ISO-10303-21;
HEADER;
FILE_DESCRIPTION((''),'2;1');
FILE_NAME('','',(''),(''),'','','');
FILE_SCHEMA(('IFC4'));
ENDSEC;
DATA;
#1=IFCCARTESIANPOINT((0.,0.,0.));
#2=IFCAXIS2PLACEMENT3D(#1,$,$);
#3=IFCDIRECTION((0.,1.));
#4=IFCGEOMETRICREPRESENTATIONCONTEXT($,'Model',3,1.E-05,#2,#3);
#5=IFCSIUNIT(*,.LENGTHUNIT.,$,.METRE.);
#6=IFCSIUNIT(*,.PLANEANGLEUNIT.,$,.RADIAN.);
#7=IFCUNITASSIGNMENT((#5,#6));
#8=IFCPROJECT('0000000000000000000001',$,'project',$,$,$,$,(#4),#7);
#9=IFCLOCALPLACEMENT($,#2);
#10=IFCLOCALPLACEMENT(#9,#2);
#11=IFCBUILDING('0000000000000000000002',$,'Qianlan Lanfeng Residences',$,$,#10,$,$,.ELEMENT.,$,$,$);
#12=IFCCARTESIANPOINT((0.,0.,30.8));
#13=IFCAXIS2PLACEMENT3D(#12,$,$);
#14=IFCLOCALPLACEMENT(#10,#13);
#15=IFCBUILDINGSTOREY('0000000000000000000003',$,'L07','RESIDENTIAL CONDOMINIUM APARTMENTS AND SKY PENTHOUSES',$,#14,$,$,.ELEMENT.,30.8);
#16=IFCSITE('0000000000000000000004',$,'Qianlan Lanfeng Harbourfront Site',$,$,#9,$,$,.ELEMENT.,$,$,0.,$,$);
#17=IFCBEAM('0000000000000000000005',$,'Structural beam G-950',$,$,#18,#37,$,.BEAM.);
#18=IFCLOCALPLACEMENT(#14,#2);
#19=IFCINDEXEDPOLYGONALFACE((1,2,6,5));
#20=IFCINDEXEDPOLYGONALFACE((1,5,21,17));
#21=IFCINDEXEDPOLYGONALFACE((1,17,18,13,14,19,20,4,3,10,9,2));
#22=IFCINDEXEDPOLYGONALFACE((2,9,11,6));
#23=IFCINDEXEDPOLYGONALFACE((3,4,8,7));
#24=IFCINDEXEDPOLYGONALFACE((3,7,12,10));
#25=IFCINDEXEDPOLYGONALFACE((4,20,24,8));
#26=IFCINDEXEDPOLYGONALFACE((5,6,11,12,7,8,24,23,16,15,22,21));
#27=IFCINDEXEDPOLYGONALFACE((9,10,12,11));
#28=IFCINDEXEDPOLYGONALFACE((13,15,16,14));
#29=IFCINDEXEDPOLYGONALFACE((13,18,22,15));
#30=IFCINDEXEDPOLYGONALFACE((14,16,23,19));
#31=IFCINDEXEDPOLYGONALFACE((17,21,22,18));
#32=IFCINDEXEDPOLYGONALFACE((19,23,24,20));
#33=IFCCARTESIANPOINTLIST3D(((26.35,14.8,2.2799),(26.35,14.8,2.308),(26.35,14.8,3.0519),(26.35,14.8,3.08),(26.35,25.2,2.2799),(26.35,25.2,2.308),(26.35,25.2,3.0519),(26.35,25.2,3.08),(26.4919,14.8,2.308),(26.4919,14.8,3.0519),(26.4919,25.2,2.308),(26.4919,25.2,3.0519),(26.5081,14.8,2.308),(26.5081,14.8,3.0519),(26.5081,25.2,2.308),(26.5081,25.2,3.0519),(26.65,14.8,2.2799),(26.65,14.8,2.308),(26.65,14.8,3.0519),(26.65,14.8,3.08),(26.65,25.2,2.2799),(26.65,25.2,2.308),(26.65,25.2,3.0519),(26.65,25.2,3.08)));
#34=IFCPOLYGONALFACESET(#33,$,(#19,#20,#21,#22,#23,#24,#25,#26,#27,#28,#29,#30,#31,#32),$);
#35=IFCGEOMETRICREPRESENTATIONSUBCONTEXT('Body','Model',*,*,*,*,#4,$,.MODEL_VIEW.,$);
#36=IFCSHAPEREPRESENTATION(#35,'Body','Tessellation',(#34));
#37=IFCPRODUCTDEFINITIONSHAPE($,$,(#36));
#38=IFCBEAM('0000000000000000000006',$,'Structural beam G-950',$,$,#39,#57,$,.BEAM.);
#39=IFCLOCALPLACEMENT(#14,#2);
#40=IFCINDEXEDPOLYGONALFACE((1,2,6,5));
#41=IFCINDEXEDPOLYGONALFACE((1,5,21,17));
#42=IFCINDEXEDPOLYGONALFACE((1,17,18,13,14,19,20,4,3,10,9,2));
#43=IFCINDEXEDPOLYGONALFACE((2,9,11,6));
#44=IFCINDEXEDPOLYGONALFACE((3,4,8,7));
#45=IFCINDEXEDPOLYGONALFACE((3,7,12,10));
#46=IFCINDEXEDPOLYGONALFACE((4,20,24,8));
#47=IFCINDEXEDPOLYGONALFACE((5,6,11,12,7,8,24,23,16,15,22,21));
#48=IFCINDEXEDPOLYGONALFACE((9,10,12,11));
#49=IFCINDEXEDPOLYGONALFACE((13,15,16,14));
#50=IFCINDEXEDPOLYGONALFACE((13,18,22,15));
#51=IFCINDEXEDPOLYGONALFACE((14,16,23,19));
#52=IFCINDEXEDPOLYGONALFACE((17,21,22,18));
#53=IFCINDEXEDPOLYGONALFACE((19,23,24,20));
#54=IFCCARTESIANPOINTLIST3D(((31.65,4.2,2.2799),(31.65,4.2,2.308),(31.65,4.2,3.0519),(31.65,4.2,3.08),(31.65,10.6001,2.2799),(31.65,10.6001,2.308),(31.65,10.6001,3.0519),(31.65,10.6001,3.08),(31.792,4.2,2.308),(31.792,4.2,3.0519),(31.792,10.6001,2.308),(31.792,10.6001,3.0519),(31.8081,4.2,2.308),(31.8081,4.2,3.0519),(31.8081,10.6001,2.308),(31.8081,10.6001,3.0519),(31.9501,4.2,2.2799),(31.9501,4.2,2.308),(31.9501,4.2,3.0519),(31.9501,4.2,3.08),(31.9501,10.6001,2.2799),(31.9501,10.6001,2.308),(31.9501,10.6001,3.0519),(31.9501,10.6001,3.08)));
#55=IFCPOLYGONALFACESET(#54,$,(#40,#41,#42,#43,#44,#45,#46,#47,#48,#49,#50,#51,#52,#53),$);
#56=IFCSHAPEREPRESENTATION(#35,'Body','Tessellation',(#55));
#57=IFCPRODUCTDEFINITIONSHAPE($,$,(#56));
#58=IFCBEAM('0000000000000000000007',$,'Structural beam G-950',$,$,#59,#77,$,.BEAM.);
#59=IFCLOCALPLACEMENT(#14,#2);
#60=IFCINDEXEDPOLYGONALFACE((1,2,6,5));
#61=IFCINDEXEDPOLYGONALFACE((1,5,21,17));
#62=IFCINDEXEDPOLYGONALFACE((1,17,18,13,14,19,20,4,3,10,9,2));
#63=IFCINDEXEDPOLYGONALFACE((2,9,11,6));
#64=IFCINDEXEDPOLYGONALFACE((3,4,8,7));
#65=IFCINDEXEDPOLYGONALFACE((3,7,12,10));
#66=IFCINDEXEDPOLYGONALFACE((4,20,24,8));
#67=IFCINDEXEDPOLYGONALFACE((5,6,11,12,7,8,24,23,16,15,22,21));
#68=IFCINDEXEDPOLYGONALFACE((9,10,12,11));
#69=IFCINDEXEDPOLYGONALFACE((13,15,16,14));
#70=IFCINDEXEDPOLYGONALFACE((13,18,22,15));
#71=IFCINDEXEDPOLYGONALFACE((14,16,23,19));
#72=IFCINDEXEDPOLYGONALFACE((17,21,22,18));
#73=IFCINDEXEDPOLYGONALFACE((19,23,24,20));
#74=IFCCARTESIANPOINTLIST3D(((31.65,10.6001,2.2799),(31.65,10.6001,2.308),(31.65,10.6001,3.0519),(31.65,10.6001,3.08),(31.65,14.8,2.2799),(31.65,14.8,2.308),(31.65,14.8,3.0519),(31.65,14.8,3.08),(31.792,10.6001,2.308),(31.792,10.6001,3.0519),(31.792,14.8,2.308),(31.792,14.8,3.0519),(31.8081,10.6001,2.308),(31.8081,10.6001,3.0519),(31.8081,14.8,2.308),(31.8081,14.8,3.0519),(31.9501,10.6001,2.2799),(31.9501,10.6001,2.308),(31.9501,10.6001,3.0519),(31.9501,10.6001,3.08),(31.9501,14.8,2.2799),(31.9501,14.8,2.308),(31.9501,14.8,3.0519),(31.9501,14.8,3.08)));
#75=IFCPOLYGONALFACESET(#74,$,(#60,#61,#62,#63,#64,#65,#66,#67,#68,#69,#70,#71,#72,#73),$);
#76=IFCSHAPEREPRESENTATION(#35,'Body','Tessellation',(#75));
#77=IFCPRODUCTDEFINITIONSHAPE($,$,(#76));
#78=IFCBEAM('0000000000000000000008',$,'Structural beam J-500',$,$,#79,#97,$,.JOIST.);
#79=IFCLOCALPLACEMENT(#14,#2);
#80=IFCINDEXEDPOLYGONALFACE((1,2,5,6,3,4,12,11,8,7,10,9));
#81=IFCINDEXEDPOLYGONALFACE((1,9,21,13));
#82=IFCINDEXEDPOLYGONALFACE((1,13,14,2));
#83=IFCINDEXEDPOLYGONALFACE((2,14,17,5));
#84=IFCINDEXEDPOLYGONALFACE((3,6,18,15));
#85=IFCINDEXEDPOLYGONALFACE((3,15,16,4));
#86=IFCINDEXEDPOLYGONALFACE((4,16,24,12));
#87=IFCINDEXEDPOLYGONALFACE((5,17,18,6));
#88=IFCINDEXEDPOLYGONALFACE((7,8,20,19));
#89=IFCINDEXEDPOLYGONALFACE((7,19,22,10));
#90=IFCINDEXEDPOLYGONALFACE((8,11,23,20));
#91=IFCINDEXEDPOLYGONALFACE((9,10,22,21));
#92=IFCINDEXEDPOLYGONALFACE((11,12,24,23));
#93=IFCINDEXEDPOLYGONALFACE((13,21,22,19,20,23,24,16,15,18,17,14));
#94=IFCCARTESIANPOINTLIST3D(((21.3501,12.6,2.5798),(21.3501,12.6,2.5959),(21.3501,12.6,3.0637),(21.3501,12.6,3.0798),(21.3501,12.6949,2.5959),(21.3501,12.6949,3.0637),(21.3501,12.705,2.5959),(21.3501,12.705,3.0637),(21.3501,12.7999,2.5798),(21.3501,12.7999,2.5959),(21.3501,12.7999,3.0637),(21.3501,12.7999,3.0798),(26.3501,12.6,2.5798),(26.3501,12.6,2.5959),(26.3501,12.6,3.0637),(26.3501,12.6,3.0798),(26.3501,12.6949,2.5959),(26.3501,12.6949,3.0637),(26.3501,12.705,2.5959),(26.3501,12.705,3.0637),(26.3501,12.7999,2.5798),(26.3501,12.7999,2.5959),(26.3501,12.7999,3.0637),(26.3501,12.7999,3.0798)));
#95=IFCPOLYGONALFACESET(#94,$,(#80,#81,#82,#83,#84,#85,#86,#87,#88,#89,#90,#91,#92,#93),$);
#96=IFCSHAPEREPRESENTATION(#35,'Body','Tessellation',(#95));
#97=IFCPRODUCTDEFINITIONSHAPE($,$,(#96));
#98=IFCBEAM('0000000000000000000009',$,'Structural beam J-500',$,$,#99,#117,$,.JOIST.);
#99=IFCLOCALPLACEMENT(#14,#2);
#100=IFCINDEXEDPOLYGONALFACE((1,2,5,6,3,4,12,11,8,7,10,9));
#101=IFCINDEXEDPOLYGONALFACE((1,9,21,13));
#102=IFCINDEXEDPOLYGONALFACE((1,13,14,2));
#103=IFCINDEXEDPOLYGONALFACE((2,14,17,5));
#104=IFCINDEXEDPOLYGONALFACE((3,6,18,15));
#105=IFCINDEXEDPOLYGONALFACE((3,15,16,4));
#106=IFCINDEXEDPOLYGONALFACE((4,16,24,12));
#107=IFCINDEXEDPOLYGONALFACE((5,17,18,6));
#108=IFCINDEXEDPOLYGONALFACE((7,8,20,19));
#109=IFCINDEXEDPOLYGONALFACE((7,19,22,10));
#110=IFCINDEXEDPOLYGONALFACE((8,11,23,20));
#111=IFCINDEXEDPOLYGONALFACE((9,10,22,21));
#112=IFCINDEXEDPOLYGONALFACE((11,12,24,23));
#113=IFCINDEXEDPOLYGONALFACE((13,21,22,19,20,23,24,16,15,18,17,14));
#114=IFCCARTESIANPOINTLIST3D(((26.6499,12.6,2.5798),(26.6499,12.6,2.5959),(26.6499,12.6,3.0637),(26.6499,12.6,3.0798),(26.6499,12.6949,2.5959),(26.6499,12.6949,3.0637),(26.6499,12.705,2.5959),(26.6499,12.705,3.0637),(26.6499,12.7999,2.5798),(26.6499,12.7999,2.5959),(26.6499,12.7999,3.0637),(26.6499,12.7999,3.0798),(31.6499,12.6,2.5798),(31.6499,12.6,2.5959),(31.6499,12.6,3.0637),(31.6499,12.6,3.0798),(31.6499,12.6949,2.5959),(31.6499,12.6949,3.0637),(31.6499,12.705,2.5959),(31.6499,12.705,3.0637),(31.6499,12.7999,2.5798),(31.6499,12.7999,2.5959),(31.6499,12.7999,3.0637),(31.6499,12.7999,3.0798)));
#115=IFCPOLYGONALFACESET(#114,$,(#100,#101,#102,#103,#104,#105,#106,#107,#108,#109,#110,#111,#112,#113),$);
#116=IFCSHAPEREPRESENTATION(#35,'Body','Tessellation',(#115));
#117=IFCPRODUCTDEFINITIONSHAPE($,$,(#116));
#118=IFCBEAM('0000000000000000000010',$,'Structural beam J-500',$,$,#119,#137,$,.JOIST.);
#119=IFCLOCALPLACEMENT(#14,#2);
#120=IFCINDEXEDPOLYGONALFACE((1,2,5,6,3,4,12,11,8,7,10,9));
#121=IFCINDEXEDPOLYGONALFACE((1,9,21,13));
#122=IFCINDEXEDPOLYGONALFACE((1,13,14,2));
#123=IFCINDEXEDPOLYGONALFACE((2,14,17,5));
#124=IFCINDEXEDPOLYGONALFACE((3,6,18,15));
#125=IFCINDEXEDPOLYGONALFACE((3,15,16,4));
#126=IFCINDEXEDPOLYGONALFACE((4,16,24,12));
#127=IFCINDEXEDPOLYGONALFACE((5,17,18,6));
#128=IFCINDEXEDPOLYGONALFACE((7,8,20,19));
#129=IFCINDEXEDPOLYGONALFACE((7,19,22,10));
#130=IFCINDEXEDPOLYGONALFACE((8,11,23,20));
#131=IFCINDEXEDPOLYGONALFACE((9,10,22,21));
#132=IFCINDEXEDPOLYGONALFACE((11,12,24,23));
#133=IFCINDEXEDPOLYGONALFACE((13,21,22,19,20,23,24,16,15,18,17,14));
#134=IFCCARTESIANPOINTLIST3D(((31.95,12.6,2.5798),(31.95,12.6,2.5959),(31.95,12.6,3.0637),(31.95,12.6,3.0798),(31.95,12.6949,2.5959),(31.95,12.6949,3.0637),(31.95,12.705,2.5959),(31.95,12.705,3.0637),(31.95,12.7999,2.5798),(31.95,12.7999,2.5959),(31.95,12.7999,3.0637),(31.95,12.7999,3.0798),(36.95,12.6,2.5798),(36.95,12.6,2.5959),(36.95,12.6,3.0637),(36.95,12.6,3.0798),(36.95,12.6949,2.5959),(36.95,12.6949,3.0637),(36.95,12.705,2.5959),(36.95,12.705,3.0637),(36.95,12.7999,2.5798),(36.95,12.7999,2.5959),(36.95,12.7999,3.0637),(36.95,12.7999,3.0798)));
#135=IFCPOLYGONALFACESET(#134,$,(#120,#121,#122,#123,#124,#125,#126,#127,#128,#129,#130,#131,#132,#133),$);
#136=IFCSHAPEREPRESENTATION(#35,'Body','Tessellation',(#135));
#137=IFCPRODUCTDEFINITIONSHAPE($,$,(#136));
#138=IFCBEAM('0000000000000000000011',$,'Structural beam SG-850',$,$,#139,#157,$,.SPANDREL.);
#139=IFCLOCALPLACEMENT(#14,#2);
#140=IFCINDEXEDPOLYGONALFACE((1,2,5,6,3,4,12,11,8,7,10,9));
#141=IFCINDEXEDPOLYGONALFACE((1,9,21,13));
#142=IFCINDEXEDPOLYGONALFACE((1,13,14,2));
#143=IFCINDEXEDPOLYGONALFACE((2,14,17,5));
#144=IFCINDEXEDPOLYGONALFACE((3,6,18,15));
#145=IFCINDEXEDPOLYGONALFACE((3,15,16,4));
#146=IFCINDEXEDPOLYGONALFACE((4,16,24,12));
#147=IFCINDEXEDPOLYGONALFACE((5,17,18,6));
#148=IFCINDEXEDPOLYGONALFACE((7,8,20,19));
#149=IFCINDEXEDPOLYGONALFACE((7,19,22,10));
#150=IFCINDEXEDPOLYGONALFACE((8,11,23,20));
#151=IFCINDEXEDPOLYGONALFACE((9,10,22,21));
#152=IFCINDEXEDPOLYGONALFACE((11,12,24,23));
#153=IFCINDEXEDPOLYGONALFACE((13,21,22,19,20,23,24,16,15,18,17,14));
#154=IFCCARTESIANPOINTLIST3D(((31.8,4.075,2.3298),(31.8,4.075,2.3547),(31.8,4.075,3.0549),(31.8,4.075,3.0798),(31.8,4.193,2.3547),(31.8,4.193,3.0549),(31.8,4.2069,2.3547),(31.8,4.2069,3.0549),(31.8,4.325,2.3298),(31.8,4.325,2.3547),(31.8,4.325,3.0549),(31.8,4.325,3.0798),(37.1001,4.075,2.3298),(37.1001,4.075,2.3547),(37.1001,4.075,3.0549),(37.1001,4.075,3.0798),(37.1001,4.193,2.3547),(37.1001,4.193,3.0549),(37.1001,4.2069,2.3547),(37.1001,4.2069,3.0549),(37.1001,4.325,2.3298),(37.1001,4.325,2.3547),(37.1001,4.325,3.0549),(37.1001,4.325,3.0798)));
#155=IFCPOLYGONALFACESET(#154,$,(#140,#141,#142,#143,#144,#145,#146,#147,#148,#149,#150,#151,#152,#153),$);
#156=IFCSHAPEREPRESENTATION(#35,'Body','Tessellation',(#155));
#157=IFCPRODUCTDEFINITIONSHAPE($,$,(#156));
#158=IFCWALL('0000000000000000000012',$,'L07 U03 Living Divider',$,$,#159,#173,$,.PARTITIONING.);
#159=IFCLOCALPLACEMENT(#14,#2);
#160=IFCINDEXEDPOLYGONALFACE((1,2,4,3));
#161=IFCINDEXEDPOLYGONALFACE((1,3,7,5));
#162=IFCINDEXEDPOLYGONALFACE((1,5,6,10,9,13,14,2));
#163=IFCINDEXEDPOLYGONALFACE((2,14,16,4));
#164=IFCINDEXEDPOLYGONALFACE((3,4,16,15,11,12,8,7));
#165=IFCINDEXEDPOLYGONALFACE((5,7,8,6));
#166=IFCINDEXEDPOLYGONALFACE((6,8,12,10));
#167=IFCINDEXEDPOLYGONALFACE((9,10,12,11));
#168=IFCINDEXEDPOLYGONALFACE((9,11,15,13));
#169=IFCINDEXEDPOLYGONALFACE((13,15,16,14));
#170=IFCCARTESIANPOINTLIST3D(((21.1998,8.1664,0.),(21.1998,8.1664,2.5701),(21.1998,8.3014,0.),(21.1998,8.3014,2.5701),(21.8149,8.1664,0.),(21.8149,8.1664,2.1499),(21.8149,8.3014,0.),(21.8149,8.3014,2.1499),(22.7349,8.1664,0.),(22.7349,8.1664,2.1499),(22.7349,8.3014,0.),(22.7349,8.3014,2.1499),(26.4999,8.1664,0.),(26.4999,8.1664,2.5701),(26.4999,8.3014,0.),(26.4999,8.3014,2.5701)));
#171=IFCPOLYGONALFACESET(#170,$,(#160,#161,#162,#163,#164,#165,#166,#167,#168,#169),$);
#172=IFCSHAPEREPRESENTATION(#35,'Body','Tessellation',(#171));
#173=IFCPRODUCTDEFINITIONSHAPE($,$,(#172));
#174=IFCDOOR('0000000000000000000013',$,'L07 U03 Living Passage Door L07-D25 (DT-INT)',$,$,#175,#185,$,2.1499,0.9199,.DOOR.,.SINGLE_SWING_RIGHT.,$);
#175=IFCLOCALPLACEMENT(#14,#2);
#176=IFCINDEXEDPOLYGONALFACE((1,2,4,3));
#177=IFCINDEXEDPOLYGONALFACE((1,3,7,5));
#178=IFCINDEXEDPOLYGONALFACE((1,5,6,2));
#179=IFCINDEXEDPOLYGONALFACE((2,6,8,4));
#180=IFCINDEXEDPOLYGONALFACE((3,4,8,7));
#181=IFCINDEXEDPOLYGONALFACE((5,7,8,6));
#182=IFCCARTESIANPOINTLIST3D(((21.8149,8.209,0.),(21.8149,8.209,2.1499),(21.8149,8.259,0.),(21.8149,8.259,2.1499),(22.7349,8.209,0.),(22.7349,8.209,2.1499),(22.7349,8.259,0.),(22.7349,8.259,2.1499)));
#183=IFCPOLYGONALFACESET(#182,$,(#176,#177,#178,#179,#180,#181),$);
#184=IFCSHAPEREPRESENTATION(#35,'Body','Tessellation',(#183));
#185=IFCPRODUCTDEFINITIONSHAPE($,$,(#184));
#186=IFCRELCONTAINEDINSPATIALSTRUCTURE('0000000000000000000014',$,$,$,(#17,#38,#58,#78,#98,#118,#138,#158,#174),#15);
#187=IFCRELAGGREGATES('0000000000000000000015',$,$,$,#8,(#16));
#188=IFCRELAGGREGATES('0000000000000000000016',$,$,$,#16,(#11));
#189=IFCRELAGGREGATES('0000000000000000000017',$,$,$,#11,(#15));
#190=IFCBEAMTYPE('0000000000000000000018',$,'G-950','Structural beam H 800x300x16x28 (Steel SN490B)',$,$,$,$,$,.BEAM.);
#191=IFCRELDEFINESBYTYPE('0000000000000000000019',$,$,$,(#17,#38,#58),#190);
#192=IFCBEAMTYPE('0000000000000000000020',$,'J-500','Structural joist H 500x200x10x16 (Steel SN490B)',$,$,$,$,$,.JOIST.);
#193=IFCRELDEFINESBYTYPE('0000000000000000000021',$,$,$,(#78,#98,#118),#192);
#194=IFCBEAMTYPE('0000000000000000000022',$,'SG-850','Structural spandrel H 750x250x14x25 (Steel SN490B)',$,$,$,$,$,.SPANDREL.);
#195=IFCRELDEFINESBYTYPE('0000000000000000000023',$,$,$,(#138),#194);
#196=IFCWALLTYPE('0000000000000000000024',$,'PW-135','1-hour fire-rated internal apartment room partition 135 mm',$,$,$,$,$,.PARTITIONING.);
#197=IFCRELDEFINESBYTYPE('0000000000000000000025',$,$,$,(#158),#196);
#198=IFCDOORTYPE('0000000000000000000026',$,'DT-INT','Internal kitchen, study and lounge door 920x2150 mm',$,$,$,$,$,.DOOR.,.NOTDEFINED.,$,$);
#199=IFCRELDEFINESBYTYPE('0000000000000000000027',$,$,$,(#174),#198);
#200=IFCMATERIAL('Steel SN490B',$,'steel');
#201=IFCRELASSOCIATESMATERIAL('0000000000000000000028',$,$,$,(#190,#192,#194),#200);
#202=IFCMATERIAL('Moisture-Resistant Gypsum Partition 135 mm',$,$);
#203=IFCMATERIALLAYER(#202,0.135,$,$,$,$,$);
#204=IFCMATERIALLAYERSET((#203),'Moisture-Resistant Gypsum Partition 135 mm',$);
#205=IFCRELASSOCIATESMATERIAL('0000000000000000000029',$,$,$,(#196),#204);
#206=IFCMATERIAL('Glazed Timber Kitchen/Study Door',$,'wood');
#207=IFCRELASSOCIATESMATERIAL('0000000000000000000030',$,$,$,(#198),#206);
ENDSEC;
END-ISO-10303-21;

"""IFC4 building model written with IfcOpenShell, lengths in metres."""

from ifc_helpers import new_model, si_unit, direction, frame, frame_2d, origin, origin_2d, place, context, subcontext, project, spatial, rectangle, i_section, extrude, material, layer, layer_set, material_profile, profile_set, type_object, element, fill, save


model = new_model("IFC4")

# Units and contexts
model_context = context("Model", 3, precision=1e-05, world=origin(), true_north=direction((0.0, 1.0)))
body_context = subcontext(model_context, "Body", "Model", "MODEL_VIEW")
ifc_project = project(units=[si_unit("LENGTHUNIT", "METRE"), si_unit("PLANEANGLEUNIT", "RADIAN")], contexts=[model_context])

# Site, building, storey
site_placement = place(None, origin())
site = spatial("IfcSite", under=ifc_project, at=site_placement, Name="Qianlan Lanfeng Harbourfront Site", CompositionType="ELEMENT", RefElevation=0.0)
building_placement = place(site_placement, origin())
building = spatial("IfcBuilding", under=site, at=building_placement, Name="Qianlan Lanfeng Residences", CompositionType="ELEMENT")
storey_placement = place(building_placement, frame((0.0, 0.0, 30.8)))
storey = spatial("IfcBuildingStorey", under=building, at=storey_placement, Name="L07", Description="RESIDENTIAL CONDOMINIUM APARTMENTS AND SKY PENTHOUSES", CompositionType="ELEMENT", Elevation=30.8)

# Shared definitions
ifc_material_1 = material(Name="Steel SN490B", Category="steel")

# Beams
ifc_material_profile_1 = material_profile(ifc_material_1, i_section(OverallWidth=0.3, OverallDepth=0.8, WebThickness=0.0161, FlangeThickness=0.0281, at=origin_2d()), Name="H 800x300x16x28")
ifc_profile_set_1 = profile_set([ifc_material_profile_1], Name="Steel SN490B")
beam_type_1 = type_object("IfcBeamType", Name="G-950", Description="Structural beam H 800x300x16x28 (Steel SN490B)", PredefinedType="BEAM", material=ifc_profile_set_1)
beam_1_placement = place(storey_placement, frame((26.5, 14.8, 2.6799), z_axis=(0.0, 1.0, 0.0), x_axis=(-1.0, 0.0, 0.0)))
element("IfcBeam", 1, at=beam_1_placement, inside=storey, type_object=beam_type_1, Name="Structural beam G-950", PredefinedType="BEAM", context=body_context, shape_type="SweptSolid", body=[
    extrude(i_section(OverallWidth=0.3, OverallDepth=0.8, WebThickness=0.0161, FlangeThickness=0.0281, at=origin_2d()), origin(), (0.0, 0.0, 1.0), 10.3999),
])
beam_2_placement = place(storey_placement, frame((31.8, 4.2, 2.6799), z_axis=(0.0, 1.0, 0.0), x_axis=(-1.0, 0.0, 0.0)))
element("IfcBeam", 2, at=beam_2_placement, inside=storey, type_object=beam_type_1, Name="Structural beam G-950", PredefinedType="BEAM", context=body_context, shape_type="SweptSolid", body=[
    extrude(i_section(OverallWidth=0.3, OverallDepth=0.8, WebThickness=0.0161, FlangeThickness=0.0281, at=origin_2d()), origin(), (0.0, 0.0, 1.0), 6.4001),
])
beam_3_placement = place(storey_placement, frame((31.8, 10.6001, 2.6799), z_axis=(0.0, 1.0, 0.0), x_axis=(-1.0, 0.0, 0.0)))
element("IfcBeam", 3, at=beam_3_placement, inside=storey, type_object=beam_type_1, Name="Structural beam G-950", PredefinedType="BEAM", context=body_context, shape_type="SweptSolid", body=[
    extrude(i_section(OverallWidth=0.3, OverallDepth=0.8, WebThickness=0.0161, FlangeThickness=0.0281, at=origin_2d()), origin(), (0.0, 0.0, 1.0), 4.2),
])
ifc_material_profile_2 = material_profile(ifc_material_1, i_section(OverallWidth=0.2, OverallDepth=0.5, WebThickness=0.01, FlangeThickness=0.0161, at=origin_2d()), Name="H 500x200x10x16")
ifc_profile_set_2 = profile_set([ifc_material_profile_2], Name="Steel SN490B")
beam_type_2 = type_object("IfcBeamType", Name="J-500", Description="Structural joist H 500x200x10x16 (Steel SN490B)", PredefinedType="JOIST", material=ifc_profile_set_2)
for number, where, z_axis, x_axis, name in (
    (4, (21.3501, 12.7, 2.8298), (1.0, 0.0, 0.0), (0.0, 1.0, 0.0), "Structural beam J-500"),
    (5, (26.6499, 12.7, 2.8298), (1.0, 0.0, 0.0), (0.0, 1.0, 0.0), "Structural beam J-500"),
    (6, (31.95, 12.7, 2.8298), (1.0, 0.0, 0.0), (0.0, 1.0, 0.0), "Structural beam J-500"),
):
    element("IfcBeam", number, at=place(storey_placement, frame(where, z_axis=z_axis, x_axis=x_axis)), inside=storey, type_object=beam_type_2, Name=name, PredefinedType="JOIST", context=body_context, shape_type="SweptSolid", body=[
        extrude(i_section(OverallWidth=0.2, OverallDepth=0.5, WebThickness=0.01, FlangeThickness=0.0161, at=origin_2d()), origin(), (0.0, 0.0, 1.0), 5.0),
    ])
ifc_material_profile_3 = material_profile(ifc_material_1, i_section(OverallWidth=0.25, OverallDepth=0.75, WebThickness=0.0139, FlangeThickness=0.0249, at=origin_2d()), Name="H 750x250x14x25")
ifc_profile_set_3 = profile_set([ifc_material_profile_3], Name="Steel SN490B")
beam_type_3 = type_object("IfcBeamType", Name="SG-850", Description="Structural spandrel H 750x250x14x25 (Steel SN490B)", PredefinedType="SPANDREL", material=ifc_profile_set_3)
beam_4_placement = place(storey_placement, frame((31.8, 4.2, 2.7048), z_axis=(1.0, 0.0, 0.0), x_axis=(0.0, 1.0, 0.0)))
element("IfcBeam", 7, at=beam_4_placement, inside=storey, type_object=beam_type_3, Name="Structural beam SG-850", PredefinedType="SPANDREL", context=body_context, shape_type="SweptSolid", body=[
    extrude(i_section(OverallWidth=0.25, OverallDepth=0.75, WebThickness=0.0139, FlangeThickness=0.0249, at=origin_2d()), origin(), (0.0, 0.0, 1.0), 5.3),
])

# Wall, opening, door
ifc_material_2 = material(Name="Moisture-Resistant Gypsum Partition 135 mm")
ifc_layer = layer(ifc_material_2, 0.135)
ifc_layer_set = layer_set([ifc_layer], Name="Moisture-Resistant Gypsum Partition 135 mm")
wall_type = type_object("IfcWallType", Name="PW-135", Description="1-hour fire-rated internal apartment room partition 135 mm", PredefinedType="PARTITIONING", material=ifc_layer_set)
wall_1_placement = place(storey_placement, frame((21.2, 8.2339, 0.0), z_axis=(0.0, 0.0, 1.0), x_axis=(1.0, 0.0, 0.0)))
wall_1 = element("IfcWall", 8, at=wall_1_placement, inside=storey, type_object=wall_type, Name="L07 U03 Living Divider", PredefinedType="PARTITIONING", context=body_context, shape_type="SweptSolid", body=[
    extrude(rectangle(XDim=5.3, YDim=0.135, at=frame_2d((2.6499, 0.0))), origin(), (0.0, 0.0, 1.0), 2.5701),
])
opening_1_placement = place(wall_1_placement, frame((0.615, 0.0, 0.0)))
opening_1 = element("IfcOpeningElement", 9, at=opening_1_placement, cuts=wall_1, PredefinedType="OPENING", context=body_context, shape_type="SweptSolid", body=[
    extrude(rectangle(XDim=0.9199, YDim=2.1499, at=frame_2d((0.46, 1.075))), frame((0.0, 0.0776, 0.0), z_axis=(0.0, -1.0, 0.0), x_axis=(1.0, 0.0, 0.0)), (0.0, 0.0, 1.0), 0.155),
])
ifc_material_3 = material(Name="Glazed Timber Kitchen/Study Door", Category="wood")
door_type_1 = type_object("IfcDoorType", Name="DT-INT", Description="Internal kitchen, study and lounge door 920x2150 mm", OperationType="NOTDEFINED", PredefinedType="DOOR", material=ifc_material_3)
door_1_placement = place(opening_1_placement, frame((0.9199, 0.0, 0.0), z_axis=(0.0, 0.0, 1.0), x_axis=(-1.0, 0.0, 0.0)))
door_1 = element("IfcDoor", 10, at=door_1_placement, inside=storey, type_object=door_type_1, Name="L07 U03 Living Passage Door L07-D25 (DT-INT)", OperationType="SINGLE_SWING_RIGHT", OverallHeight=2.1499, OverallWidth=0.9199, PredefinedType="DOOR", context=body_context, shape_type="SweptSolid", body=[
    extrude(rectangle(XDim=0.9199, YDim=2.1499, at=frame_2d((0.46, 1.075))), frame((0.0, 0.0249, 0.0), z_axis=(0.0, -1.0, 0.0), x_axis=(1.0, 0.0, 0.0)), (0.0, 0.0, 1.0), 0.05),
])
fill(opening_1, door_1)

save(model, "model.ifc")
